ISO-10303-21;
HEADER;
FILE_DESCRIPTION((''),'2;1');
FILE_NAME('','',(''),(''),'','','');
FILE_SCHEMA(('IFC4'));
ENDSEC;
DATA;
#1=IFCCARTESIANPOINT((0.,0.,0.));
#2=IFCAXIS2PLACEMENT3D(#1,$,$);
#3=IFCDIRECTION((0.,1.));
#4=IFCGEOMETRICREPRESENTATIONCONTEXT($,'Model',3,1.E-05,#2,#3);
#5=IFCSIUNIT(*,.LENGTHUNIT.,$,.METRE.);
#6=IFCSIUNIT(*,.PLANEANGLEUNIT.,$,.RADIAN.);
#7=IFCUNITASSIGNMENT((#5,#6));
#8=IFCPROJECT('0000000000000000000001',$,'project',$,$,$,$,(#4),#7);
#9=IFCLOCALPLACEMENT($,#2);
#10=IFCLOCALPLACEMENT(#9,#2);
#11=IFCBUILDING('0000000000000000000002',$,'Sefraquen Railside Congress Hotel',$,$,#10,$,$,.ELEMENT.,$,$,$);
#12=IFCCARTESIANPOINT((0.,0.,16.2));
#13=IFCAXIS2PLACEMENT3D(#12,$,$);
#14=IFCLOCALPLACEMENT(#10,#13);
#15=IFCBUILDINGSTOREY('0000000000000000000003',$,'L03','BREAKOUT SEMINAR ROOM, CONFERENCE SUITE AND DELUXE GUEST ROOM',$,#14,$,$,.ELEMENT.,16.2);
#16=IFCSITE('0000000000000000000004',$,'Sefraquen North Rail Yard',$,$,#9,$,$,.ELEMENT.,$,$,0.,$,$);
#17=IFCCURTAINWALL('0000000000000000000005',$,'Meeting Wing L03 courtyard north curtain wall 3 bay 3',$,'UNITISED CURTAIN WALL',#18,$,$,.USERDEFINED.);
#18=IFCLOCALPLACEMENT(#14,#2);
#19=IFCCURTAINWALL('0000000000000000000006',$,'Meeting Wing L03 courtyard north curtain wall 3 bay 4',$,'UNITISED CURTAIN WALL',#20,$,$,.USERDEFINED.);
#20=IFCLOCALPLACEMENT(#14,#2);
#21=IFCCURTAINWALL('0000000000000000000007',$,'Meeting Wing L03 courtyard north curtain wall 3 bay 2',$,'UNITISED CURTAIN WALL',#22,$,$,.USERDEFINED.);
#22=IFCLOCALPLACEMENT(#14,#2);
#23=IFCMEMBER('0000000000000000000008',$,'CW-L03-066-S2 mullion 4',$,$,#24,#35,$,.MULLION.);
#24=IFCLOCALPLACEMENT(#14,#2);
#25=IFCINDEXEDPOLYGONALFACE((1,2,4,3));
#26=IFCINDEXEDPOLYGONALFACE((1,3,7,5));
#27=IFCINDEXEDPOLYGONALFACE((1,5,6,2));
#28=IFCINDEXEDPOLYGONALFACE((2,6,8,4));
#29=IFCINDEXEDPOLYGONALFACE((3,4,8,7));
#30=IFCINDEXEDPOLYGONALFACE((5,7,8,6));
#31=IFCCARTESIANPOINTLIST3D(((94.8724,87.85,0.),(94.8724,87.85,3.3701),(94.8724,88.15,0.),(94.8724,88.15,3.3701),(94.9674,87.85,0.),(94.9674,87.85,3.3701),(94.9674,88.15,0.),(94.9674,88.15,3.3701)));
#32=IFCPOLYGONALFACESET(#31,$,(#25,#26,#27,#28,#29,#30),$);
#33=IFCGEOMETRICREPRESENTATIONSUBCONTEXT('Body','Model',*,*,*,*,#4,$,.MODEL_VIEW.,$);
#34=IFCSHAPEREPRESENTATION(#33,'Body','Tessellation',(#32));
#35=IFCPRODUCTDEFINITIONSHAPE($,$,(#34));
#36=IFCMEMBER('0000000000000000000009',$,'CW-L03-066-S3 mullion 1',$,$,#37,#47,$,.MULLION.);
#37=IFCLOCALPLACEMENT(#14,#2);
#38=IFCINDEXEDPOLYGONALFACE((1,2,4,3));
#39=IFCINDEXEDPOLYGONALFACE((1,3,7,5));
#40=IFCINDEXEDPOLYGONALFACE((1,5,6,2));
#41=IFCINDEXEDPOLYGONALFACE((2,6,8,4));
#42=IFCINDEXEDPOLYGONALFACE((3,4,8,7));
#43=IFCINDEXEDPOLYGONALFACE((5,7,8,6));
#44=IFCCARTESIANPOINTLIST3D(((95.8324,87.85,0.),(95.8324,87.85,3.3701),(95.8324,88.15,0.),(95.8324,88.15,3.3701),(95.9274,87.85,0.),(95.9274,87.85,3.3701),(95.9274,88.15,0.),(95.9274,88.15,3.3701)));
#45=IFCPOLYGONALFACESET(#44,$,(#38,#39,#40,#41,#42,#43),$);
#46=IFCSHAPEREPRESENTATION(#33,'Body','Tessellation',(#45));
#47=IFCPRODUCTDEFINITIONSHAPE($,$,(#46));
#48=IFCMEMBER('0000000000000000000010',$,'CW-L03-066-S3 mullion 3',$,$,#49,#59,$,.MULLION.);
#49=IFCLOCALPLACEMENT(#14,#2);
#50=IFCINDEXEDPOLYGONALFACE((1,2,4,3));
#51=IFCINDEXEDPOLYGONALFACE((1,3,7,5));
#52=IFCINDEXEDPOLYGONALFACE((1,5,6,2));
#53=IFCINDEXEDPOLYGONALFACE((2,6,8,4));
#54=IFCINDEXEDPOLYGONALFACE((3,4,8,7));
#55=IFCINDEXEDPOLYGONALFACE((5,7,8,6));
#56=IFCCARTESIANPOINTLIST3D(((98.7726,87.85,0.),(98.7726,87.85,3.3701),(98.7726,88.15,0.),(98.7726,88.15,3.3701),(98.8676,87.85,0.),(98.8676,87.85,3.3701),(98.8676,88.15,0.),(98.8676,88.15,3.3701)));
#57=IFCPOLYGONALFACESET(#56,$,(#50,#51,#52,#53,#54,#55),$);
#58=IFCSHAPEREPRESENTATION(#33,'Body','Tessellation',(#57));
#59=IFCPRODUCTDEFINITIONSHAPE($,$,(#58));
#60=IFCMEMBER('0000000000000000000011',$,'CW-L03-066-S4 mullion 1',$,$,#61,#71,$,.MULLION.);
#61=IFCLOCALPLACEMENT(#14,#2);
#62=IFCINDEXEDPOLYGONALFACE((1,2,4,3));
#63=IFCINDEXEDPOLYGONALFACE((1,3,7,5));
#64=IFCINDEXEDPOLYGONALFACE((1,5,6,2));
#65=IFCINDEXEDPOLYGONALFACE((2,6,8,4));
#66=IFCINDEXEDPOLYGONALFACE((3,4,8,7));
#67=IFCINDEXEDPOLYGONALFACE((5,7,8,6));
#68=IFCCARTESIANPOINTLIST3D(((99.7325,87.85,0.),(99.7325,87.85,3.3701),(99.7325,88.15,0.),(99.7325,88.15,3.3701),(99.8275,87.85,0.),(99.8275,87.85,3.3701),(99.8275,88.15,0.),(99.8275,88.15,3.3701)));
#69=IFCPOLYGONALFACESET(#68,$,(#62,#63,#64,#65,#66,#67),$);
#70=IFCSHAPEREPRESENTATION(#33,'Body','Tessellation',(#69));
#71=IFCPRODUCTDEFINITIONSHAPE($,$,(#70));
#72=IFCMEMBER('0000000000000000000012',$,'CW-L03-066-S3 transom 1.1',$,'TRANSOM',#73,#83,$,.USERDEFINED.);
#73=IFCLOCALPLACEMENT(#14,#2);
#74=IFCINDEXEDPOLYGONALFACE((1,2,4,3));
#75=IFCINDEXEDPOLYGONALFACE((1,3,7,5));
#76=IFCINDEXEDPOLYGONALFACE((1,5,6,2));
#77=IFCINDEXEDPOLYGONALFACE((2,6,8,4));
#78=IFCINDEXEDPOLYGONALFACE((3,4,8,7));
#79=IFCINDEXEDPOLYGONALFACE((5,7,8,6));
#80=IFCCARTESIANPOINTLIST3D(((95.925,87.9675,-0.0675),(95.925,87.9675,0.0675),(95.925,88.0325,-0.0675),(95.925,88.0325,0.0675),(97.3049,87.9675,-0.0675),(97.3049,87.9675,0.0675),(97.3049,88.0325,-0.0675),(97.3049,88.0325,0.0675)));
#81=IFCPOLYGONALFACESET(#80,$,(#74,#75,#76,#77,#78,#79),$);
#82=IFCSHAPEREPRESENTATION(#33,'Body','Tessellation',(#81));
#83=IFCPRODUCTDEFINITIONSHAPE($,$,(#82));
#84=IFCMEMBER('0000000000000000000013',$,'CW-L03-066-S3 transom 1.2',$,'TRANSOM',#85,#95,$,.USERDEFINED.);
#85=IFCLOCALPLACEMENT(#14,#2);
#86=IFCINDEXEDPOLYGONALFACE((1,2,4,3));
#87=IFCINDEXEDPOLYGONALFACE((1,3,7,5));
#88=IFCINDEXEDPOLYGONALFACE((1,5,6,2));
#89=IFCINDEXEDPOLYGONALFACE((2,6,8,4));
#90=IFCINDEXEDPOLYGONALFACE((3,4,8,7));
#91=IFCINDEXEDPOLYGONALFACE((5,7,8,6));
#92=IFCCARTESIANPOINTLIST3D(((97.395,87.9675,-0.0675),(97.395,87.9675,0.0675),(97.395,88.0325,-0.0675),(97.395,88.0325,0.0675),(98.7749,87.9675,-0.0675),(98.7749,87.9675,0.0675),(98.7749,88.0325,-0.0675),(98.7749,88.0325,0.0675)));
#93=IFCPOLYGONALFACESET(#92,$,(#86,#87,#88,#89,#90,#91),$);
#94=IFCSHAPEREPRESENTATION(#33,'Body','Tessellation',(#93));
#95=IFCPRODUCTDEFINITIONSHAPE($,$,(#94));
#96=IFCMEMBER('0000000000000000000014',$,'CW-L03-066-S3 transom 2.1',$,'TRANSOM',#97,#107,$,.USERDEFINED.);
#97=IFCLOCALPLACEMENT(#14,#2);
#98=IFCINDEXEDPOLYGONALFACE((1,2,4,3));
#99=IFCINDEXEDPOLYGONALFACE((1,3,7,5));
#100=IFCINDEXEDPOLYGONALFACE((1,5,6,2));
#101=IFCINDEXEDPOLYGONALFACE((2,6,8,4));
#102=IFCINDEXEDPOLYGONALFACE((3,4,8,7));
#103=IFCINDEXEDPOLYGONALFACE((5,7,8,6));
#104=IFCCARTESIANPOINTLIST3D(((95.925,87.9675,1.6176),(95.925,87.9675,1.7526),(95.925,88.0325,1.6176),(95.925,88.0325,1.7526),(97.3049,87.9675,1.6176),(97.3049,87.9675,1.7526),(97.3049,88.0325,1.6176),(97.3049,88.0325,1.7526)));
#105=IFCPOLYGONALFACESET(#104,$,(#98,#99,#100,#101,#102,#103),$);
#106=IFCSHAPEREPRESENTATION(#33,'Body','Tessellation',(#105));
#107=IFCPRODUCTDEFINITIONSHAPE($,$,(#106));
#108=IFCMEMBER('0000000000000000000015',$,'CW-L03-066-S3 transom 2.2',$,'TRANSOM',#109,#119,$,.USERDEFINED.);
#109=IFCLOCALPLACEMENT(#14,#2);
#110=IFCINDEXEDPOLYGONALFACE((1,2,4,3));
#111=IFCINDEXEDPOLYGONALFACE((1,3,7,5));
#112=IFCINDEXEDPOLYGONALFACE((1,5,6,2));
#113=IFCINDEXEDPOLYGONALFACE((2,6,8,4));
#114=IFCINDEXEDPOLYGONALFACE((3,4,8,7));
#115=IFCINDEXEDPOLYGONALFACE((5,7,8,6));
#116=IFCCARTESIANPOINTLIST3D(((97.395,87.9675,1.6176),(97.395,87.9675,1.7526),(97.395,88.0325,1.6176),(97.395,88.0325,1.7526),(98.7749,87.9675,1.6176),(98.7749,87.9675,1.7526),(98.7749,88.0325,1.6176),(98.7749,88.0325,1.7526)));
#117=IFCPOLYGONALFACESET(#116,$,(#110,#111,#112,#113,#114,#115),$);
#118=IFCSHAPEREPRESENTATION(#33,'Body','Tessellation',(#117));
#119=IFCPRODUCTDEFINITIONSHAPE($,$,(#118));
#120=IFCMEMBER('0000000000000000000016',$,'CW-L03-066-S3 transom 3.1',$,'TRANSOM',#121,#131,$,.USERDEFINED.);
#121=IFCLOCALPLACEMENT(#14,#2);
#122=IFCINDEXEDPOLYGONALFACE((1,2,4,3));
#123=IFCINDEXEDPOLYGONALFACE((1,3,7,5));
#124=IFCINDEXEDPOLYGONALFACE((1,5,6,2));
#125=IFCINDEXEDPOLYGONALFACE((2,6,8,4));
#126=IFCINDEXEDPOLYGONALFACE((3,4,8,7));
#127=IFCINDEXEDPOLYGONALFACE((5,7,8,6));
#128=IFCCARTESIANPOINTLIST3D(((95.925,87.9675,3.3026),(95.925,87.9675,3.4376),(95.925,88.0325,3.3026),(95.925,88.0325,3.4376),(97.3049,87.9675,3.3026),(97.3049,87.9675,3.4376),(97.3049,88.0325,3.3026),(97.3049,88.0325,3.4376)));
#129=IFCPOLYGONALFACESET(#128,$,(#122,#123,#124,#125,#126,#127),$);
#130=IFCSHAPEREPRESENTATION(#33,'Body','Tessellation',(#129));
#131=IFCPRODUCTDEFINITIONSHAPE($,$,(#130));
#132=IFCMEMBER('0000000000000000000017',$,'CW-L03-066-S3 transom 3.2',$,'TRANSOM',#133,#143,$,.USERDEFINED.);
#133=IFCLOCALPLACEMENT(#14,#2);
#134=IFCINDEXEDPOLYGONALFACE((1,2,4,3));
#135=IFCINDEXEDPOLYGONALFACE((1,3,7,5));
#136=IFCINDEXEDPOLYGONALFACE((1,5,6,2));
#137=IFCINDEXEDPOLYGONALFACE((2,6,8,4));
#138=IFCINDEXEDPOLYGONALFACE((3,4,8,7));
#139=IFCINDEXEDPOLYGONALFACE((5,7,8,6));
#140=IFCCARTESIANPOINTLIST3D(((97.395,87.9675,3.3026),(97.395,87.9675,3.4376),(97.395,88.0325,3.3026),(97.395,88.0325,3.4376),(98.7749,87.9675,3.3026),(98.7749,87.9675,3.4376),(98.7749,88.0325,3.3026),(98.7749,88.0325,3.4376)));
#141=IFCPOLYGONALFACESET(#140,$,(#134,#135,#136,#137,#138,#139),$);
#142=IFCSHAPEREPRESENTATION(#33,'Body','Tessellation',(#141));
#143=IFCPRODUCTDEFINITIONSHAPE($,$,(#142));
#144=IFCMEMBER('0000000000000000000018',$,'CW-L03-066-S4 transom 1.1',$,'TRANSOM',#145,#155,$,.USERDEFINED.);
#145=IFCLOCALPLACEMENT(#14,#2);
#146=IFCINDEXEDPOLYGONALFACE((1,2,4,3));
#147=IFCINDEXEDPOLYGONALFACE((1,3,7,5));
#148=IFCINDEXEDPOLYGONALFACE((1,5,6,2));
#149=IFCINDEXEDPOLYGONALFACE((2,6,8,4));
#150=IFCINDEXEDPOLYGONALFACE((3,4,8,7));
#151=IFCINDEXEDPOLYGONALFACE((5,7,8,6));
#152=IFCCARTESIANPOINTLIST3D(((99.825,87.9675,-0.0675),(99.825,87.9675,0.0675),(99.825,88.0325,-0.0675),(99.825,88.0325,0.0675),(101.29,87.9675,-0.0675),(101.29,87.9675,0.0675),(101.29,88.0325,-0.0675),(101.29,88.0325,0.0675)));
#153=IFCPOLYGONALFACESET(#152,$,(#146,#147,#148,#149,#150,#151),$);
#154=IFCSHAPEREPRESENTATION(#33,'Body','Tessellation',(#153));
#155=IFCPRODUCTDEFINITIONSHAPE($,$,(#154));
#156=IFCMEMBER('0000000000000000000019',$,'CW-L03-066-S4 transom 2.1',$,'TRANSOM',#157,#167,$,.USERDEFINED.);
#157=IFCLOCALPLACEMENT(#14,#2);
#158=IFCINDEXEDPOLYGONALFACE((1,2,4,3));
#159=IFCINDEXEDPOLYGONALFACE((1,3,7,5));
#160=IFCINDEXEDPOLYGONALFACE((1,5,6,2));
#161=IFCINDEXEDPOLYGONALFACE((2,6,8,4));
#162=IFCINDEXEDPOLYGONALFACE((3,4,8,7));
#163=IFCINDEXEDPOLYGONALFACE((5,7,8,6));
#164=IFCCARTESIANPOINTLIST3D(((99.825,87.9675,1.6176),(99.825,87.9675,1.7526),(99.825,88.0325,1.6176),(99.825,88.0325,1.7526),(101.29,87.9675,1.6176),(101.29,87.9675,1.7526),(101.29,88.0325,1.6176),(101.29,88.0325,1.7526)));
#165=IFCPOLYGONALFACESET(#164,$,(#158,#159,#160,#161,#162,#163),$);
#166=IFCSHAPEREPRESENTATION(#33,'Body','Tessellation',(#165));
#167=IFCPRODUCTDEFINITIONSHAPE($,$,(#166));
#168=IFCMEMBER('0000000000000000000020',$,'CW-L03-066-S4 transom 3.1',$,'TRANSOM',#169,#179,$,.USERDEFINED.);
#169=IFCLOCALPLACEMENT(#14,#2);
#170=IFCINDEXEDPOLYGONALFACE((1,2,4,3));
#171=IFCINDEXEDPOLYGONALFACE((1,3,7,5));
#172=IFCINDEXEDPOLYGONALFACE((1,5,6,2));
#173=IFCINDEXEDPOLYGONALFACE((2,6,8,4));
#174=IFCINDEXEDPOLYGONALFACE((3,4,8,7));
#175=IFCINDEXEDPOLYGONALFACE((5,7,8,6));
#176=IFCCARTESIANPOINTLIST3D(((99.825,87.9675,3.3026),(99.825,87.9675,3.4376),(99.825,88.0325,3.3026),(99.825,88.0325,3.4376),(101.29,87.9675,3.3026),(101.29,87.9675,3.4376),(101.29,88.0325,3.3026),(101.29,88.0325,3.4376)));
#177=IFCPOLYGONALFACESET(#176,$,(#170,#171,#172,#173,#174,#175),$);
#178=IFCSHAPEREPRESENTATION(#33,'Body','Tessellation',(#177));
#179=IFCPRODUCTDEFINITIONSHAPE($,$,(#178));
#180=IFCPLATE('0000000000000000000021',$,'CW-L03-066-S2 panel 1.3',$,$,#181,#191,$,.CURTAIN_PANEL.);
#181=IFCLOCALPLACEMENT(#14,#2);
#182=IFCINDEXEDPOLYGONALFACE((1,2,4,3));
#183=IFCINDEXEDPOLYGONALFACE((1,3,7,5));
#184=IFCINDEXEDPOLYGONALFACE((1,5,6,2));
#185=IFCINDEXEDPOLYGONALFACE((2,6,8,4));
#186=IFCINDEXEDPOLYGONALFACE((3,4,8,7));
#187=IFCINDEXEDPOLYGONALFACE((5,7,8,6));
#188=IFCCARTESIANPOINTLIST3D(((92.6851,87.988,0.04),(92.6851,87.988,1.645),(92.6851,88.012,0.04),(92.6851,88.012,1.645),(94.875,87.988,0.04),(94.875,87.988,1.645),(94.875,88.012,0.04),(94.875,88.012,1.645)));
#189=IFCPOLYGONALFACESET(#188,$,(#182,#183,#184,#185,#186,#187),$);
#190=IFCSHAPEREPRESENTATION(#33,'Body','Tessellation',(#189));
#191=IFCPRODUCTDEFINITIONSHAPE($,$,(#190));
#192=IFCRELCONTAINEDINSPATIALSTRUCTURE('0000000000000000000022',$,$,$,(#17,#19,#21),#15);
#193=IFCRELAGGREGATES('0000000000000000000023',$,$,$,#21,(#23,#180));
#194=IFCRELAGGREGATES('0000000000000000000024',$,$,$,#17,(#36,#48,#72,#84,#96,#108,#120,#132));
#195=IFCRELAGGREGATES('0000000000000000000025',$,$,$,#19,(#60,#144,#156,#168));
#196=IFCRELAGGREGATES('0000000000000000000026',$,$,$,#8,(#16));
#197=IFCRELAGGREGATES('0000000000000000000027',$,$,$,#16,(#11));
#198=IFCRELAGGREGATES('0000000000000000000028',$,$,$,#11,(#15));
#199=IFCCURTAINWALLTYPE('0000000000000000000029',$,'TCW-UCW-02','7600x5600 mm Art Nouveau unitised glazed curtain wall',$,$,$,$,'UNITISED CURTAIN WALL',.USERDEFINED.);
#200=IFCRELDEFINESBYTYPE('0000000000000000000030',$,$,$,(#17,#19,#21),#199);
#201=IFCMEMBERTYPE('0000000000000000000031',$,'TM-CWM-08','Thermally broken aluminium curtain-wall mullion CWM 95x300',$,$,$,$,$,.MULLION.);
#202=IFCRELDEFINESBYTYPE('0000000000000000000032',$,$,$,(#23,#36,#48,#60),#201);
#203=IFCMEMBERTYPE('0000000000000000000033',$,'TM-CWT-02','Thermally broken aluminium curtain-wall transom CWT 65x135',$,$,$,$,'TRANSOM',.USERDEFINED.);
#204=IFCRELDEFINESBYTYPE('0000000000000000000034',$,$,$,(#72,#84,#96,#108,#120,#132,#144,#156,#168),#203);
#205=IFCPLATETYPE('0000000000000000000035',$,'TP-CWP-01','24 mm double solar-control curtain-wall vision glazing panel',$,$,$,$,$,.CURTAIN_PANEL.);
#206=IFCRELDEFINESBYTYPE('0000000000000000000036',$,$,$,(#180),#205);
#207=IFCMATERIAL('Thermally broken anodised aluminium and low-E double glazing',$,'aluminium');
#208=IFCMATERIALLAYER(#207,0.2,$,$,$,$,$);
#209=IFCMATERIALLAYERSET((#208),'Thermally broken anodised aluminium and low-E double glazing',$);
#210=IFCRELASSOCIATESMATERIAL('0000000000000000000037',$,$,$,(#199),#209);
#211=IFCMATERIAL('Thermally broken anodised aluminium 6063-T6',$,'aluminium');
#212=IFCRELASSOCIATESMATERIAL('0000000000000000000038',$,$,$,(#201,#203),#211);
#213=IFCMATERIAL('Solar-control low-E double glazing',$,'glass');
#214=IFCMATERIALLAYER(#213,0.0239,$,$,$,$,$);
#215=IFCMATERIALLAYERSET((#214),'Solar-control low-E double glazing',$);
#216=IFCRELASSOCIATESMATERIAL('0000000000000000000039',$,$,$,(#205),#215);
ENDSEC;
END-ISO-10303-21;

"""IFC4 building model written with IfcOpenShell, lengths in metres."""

from ifc_helpers import new_model, si_unit, direction, frame, origin, origin_2d, place, context, subcontext, project, spatial, rectangle, extrude, material, layer, layer_set, material_profile, profile_set, type_object, element, aggregate, save


model = new_model("IFC4")

# Units and contexts
model_context = context("Model", 3, precision=1e-05, world=origin(), true_north=direction((0.0, 1.0)))
body_context = subcontext(model_context, "Body", "Model", "MODEL_VIEW")
ifc_project = project(units=[si_unit("LENGTHUNIT", "METRE"), si_unit("PLANEANGLEUNIT", "RADIAN")], contexts=[model_context])

# Site, building, storey
site_placement = place(None, origin())
site = spatial("IfcSite", under=ifc_project, at=site_placement, Name="Sefraquen North Rail Yard", CompositionType="ELEMENT", RefElevation=0.0)
building_placement = place(site_placement, origin())
building = spatial("IfcBuilding", under=site, at=building_placement, Name="Sefraquen Railside Congress Hotel", CompositionType="ELEMENT")
storey_placement = place(building_placement, frame((0.0, 0.0, 16.2)))
storey = spatial("IfcBuildingStorey", under=building, at=storey_placement, Name="L03", Description="BREAKOUT SEMINAR ROOM, CONFERENCE SUITE AND DELUXE GUEST ROOM", CompositionType="ELEMENT", Elevation=16.2)

# Curtain walls, member
ifc_material_1 = material(Name="Thermally broken anodised aluminium and low-E double glazing", Category="aluminium")
ifc_layer_1 = layer(ifc_material_1, 0.2)
ifc_layer_set_1 = layer_set([ifc_layer_1], Name="Thermally broken anodised aluminium and low-E double glazing")
curtain_wall_type = type_object("IfcCurtainWallType", Name="TCW-UCW-02", Description="7600x5600 mm Art Nouveau unitised glazed curtain wall", ElementType="UNITISED CURTAIN WALL", PredefinedType="USERDEFINED", material=ifc_layer_set_1)
curtain_wall_1_placement = place(storey_placement, origin())
curtain_wall_1 = element("IfcCurtainWall", 1, at=curtain_wall_1_placement, inside=storey, type_object=curtain_wall_type, Name="Meeting Wing L03 courtyard north curtain wall 3 bay 3", ObjectType="UNITISED CURTAIN WALL", PredefinedType="USERDEFINED")
ifc_material_2 = material(Name="Thermally broken anodised aluminium 6063-T6", Category="aluminium")
curtain_wall_2_placement = place(storey_placement, origin())
curtain_wall_2 = element("IfcCurtainWall", 2, at=curtain_wall_2_placement, inside=storey, type_object=curtain_wall_type, Name="Meeting Wing L03 courtyard north curtain wall 3 bay 4", ObjectType="UNITISED CURTAIN WALL", PredefinedType="USERDEFINED")
curtain_wall_3_placement = place(storey_placement, origin())
curtain_wall_3 = element("IfcCurtainWall", 3, at=curtain_wall_3_placement, inside=storey, type_object=curtain_wall_type, Name="Meeting Wing L03 courtyard north curtain wall 3 bay 2", ObjectType="UNITISED CURTAIN WALL", PredefinedType="USERDEFINED")
ifc_material_profile_1 = material_profile(ifc_material_2, rectangle(XDim=0.095, YDim=0.3, at=origin_2d()), Name="CWM 95x300")
ifc_profile_set_1 = profile_set([ifc_material_profile_1], Name="Thermally broken anodised aluminium 6063-T6")
member_type_1 = type_object("IfcMemberType", Name="TM-CWM-08", Description="Thermally broken aluminium curtain-wall mullion CWM 95x300", PredefinedType="MULLION", material=ifc_profile_set_1)
member_1_placement = place(storey_placement, frame((94.9199, 88.0, 0.0), z_axis=(0.0, 0.0, 1.0), x_axis=(1.0, 0.0, 0.0)))
member_1 = element("IfcMember", 4, at=member_1_placement, type_object=member_type_1, Name="CW-L03-066-S2 mullion 4", PredefinedType="MULLION", context=body_context, shape_type="SweptSolid", body=[
    extrude(rectangle(XDim=0.095, YDim=0.3, at=origin_2d()), origin(), (0.0, 0.0, 1.0), 3.3701),
])

# Members
member_2_placement = place(storey_placement, frame((95.8799, 88.0, 0.0), z_axis=(0.0, 0.0, 1.0), x_axis=(1.0, 0.0, 0.0)))
member_2 = element("IfcMember", 5, at=member_2_placement, type_object=member_type_1, Name="CW-L03-066-S3 mullion 1", PredefinedType="MULLION", context=body_context, shape_type="SweptSolid", body=[
    extrude(rectangle(XDim=0.095, YDim=0.3, at=origin_2d()), origin(), (0.0, 0.0, 1.0), 3.3701),
])
member_3_placement = place(storey_placement, frame((98.8201, 88.0, 0.0), z_axis=(0.0, 0.0, 1.0), x_axis=(1.0, 0.0, 0.0)))
member_3 = element("IfcMember", 6, at=member_3_placement, type_object=member_type_1, Name="CW-L03-066-S3 mullion 3", PredefinedType="MULLION", context=body_context, shape_type="SweptSolid", body=[
    extrude(rectangle(XDim=0.095, YDim=0.3, at=origin_2d()), origin(), (0.0, 0.0, 1.0), 3.3701),
])
member_4_placement = place(storey_placement, frame((99.78, 88.0, 0.0), z_axis=(0.0, 0.0, 1.0), x_axis=(1.0, 0.0, 0.0)))
member_4 = element("IfcMember", 7, at=member_4_placement, type_object=member_type_1, Name="CW-L03-066-S4 mullion 1", PredefinedType="MULLION", context=body_context, shape_type="SweptSolid", body=[
    extrude(rectangle(XDim=0.095, YDim=0.3, at=origin_2d()), origin(), (0.0, 0.0, 1.0), 3.3701),
])
ifc_material_profile_2 = material_profile(ifc_material_2, rectangle(XDim=0.0649, YDim=0.135, at=origin_2d()), Name="CWT 65x135")
ifc_profile_set_2 = profile_set([ifc_material_profile_2], Name="Thermally broken anodised aluminium 6063-T6")
member_type_2 = type_object("IfcMemberType", Name="TM-CWT-02", Description="Thermally broken aluminium curtain-wall transom CWT 65x135", ElementType="TRANSOM", PredefinedType="USERDEFINED", material=ifc_profile_set_2)
member_5_placement = place(storey_placement, frame((95.925, 88.0, 0.0), z_axis=(1.0, 0.0, 0.0), x_axis=(0.0, 1.0, 0.0)))
member_5 = element("IfcMember", 8, at=member_5_placement, type_object=member_type_2, Name="CW-L03-066-S3 transom 1.1", ObjectType="TRANSOM", PredefinedType="USERDEFINED", context=body_context, shape_type="SweptSolid", body=[
    extrude(rectangle(XDim=0.0649, YDim=0.135, at=origin_2d()), origin(), (0.0, 0.0, 1.0), 1.3799),
])
member_6_placement = place(storey_placement, frame((97.395, 88.0, 0.0), z_axis=(1.0, 0.0, 0.0), x_axis=(0.0, 1.0, 0.0)))
member_6 = element("IfcMember", 9, at=member_6_placement, type_object=member_type_2, Name="CW-L03-066-S3 transom 1.2", ObjectType="TRANSOM", PredefinedType="USERDEFINED", context=body_context, shape_type="SweptSolid", body=[
    extrude(rectangle(XDim=0.0649, YDim=0.135, at=origin_2d()), origin(), (0.0, 0.0, 1.0), 1.3799),
])
member_7_placement = place(storey_placement, frame((95.925, 88.0, 1.6851), z_axis=(1.0, 0.0, 0.0), x_axis=(0.0, 1.0, 0.0)))
member_7 = element("IfcMember", 10, at=member_7_placement, type_object=member_type_2, Name="CW-L03-066-S3 transom 2.1", ObjectType="TRANSOM", PredefinedType="USERDEFINED", context=body_context, shape_type="SweptSolid", body=[
    extrude(rectangle(XDim=0.0649, YDim=0.135, at=origin_2d()), origin(), (0.0, 0.0, 1.0), 1.3799),
])
member_8_placement = place(storey_placement, frame((97.395, 88.0, 1.6851), z_axis=(1.0, 0.0, 0.0), x_axis=(0.0, 1.0, 0.0)))
member_8 = element("IfcMember", 11, at=member_8_placement, type_object=member_type_2, Name="CW-L03-066-S3 transom 2.2", ObjectType="TRANSOM", PredefinedType="USERDEFINED", context=body_context, shape_type="SweptSolid", body=[
    extrude(rectangle(XDim=0.0649, YDim=0.135, at=origin_2d()), origin(), (0.0, 0.0, 1.0), 1.3799),
])
member_9_placement = place(storey_placement, frame((95.925, 88.0, 3.3701), z_axis=(1.0, 0.0, 0.0), x_axis=(0.0, 1.0, 0.0)))
member_9 = element("IfcMember", 12, at=member_9_placement, type_object=member_type_2, Name="CW-L03-066-S3 transom 3.1", ObjectType="TRANSOM", PredefinedType="USERDEFINED", context=body_context, shape_type="SweptSolid", body=[
    extrude(rectangle(XDim=0.0649, YDim=0.135, at=origin_2d()), origin(), (0.0, 0.0, 1.0), 1.3799),
])
member_10_placement = place(storey_placement, frame((97.395, 88.0, 3.3701), z_axis=(1.0, 0.0, 0.0), x_axis=(0.0, 1.0, 0.0)))
member_10 = element("IfcMember", 13, at=member_10_placement, type_object=member_type_2, Name="CW-L03-066-S3 transom 3.2", ObjectType="TRANSOM", PredefinedType="USERDEFINED", context=body_context, shape_type="SweptSolid", body=[
    extrude(rectangle(XDim=0.0649, YDim=0.135, at=origin_2d()), origin(), (0.0, 0.0, 1.0), 1.3799),
])
member_11_placement = place(storey_placement, frame((99.825, 88.0, 0.0), z_axis=(1.0, 0.0, 0.0), x_axis=(0.0, 1.0, 0.0)))
member_11 = element("IfcMember", 14, at=member_11_placement, type_object=member_type_2, Name="CW-L03-066-S4 transom 1.1", ObjectType="TRANSOM", PredefinedType="USERDEFINED", context=body_context, shape_type="SweptSolid", body=[
    extrude(rectangle(XDim=0.0649, YDim=0.135, at=origin_2d()), origin(), (0.0, 0.0, 1.0), 1.4651),
])
member_12_placement = place(storey_placement, frame((99.825, 88.0, 1.6851), z_axis=(1.0, 0.0, 0.0), x_axis=(0.0, 1.0, 0.0)))
member_12 = element("IfcMember", 15, at=member_12_placement, type_object=member_type_2, Name="CW-L03-066-S4 transom 2.1", ObjectType="TRANSOM", PredefinedType="USERDEFINED", context=body_context, shape_type="SweptSolid", body=[
    extrude(rectangle(XDim=0.0649, YDim=0.135, at=origin_2d()), origin(), (0.0, 0.0, 1.0), 1.4651),
])
member_13_placement = place(storey_placement, frame((99.825, 88.0, 3.3701), z_axis=(1.0, 0.0, 0.0), x_axis=(0.0, 1.0, 0.0)))
member_13 = element("IfcMember", 16, at=member_13_placement, type_object=member_type_2, Name="CW-L03-066-S4 transom 3.1", ObjectType="TRANSOM", PredefinedType="USERDEFINED", context=body_context, shape_type="SweptSolid", body=[
    extrude(rectangle(XDim=0.0649, YDim=0.135, at=origin_2d()), origin(), (0.0, 0.0, 1.0), 1.4651),
])

# Plate
ifc_material_3 = material(Name="Solar-control low-E double glazing", Category="glass")
ifc_layer_2 = layer(ifc_material_3, 0.0239)
ifc_layer_set_2 = layer_set([ifc_layer_2], Name="Solar-control low-E double glazing")
plate_type_1 = type_object("IfcPlateType", Name="TP-CWP-01", Description="24 mm double solar-control curtain-wall vision glazing panel", PredefinedType="CURTAIN_PANEL", material=ifc_layer_set_2)
plate_1_placement = place(storey_placement, frame((93.78, 88.0, 0.04), z_axis=(0.0, 0.0, 1.0), x_axis=(1.0, 0.0, 0.0)))
plate_1 = element("IfcPlate", 17, at=plate_1_placement, type_object=plate_type_1, Name="CW-L03-066-S2 panel 1.3", PredefinedType="CURTAIN_PANEL", context=body_context, shape_type="SweptSolid", body=[
    extrude(rectangle(XDim=2.1899, YDim=0.0239, at=origin_2d()), origin(), (0.0, 0.0, 1.0), 1.605),
])
aggregate(curtain_wall_3, [member_1, plate_1])
aggregate(curtain_wall_1, [member_2, member_3, member_5, member_6, member_7, member_8, member_9, member_10])
aggregate(curtain_wall_2, [member_4, member_11, member_12, member_13])

save(model, "model.ifc")
